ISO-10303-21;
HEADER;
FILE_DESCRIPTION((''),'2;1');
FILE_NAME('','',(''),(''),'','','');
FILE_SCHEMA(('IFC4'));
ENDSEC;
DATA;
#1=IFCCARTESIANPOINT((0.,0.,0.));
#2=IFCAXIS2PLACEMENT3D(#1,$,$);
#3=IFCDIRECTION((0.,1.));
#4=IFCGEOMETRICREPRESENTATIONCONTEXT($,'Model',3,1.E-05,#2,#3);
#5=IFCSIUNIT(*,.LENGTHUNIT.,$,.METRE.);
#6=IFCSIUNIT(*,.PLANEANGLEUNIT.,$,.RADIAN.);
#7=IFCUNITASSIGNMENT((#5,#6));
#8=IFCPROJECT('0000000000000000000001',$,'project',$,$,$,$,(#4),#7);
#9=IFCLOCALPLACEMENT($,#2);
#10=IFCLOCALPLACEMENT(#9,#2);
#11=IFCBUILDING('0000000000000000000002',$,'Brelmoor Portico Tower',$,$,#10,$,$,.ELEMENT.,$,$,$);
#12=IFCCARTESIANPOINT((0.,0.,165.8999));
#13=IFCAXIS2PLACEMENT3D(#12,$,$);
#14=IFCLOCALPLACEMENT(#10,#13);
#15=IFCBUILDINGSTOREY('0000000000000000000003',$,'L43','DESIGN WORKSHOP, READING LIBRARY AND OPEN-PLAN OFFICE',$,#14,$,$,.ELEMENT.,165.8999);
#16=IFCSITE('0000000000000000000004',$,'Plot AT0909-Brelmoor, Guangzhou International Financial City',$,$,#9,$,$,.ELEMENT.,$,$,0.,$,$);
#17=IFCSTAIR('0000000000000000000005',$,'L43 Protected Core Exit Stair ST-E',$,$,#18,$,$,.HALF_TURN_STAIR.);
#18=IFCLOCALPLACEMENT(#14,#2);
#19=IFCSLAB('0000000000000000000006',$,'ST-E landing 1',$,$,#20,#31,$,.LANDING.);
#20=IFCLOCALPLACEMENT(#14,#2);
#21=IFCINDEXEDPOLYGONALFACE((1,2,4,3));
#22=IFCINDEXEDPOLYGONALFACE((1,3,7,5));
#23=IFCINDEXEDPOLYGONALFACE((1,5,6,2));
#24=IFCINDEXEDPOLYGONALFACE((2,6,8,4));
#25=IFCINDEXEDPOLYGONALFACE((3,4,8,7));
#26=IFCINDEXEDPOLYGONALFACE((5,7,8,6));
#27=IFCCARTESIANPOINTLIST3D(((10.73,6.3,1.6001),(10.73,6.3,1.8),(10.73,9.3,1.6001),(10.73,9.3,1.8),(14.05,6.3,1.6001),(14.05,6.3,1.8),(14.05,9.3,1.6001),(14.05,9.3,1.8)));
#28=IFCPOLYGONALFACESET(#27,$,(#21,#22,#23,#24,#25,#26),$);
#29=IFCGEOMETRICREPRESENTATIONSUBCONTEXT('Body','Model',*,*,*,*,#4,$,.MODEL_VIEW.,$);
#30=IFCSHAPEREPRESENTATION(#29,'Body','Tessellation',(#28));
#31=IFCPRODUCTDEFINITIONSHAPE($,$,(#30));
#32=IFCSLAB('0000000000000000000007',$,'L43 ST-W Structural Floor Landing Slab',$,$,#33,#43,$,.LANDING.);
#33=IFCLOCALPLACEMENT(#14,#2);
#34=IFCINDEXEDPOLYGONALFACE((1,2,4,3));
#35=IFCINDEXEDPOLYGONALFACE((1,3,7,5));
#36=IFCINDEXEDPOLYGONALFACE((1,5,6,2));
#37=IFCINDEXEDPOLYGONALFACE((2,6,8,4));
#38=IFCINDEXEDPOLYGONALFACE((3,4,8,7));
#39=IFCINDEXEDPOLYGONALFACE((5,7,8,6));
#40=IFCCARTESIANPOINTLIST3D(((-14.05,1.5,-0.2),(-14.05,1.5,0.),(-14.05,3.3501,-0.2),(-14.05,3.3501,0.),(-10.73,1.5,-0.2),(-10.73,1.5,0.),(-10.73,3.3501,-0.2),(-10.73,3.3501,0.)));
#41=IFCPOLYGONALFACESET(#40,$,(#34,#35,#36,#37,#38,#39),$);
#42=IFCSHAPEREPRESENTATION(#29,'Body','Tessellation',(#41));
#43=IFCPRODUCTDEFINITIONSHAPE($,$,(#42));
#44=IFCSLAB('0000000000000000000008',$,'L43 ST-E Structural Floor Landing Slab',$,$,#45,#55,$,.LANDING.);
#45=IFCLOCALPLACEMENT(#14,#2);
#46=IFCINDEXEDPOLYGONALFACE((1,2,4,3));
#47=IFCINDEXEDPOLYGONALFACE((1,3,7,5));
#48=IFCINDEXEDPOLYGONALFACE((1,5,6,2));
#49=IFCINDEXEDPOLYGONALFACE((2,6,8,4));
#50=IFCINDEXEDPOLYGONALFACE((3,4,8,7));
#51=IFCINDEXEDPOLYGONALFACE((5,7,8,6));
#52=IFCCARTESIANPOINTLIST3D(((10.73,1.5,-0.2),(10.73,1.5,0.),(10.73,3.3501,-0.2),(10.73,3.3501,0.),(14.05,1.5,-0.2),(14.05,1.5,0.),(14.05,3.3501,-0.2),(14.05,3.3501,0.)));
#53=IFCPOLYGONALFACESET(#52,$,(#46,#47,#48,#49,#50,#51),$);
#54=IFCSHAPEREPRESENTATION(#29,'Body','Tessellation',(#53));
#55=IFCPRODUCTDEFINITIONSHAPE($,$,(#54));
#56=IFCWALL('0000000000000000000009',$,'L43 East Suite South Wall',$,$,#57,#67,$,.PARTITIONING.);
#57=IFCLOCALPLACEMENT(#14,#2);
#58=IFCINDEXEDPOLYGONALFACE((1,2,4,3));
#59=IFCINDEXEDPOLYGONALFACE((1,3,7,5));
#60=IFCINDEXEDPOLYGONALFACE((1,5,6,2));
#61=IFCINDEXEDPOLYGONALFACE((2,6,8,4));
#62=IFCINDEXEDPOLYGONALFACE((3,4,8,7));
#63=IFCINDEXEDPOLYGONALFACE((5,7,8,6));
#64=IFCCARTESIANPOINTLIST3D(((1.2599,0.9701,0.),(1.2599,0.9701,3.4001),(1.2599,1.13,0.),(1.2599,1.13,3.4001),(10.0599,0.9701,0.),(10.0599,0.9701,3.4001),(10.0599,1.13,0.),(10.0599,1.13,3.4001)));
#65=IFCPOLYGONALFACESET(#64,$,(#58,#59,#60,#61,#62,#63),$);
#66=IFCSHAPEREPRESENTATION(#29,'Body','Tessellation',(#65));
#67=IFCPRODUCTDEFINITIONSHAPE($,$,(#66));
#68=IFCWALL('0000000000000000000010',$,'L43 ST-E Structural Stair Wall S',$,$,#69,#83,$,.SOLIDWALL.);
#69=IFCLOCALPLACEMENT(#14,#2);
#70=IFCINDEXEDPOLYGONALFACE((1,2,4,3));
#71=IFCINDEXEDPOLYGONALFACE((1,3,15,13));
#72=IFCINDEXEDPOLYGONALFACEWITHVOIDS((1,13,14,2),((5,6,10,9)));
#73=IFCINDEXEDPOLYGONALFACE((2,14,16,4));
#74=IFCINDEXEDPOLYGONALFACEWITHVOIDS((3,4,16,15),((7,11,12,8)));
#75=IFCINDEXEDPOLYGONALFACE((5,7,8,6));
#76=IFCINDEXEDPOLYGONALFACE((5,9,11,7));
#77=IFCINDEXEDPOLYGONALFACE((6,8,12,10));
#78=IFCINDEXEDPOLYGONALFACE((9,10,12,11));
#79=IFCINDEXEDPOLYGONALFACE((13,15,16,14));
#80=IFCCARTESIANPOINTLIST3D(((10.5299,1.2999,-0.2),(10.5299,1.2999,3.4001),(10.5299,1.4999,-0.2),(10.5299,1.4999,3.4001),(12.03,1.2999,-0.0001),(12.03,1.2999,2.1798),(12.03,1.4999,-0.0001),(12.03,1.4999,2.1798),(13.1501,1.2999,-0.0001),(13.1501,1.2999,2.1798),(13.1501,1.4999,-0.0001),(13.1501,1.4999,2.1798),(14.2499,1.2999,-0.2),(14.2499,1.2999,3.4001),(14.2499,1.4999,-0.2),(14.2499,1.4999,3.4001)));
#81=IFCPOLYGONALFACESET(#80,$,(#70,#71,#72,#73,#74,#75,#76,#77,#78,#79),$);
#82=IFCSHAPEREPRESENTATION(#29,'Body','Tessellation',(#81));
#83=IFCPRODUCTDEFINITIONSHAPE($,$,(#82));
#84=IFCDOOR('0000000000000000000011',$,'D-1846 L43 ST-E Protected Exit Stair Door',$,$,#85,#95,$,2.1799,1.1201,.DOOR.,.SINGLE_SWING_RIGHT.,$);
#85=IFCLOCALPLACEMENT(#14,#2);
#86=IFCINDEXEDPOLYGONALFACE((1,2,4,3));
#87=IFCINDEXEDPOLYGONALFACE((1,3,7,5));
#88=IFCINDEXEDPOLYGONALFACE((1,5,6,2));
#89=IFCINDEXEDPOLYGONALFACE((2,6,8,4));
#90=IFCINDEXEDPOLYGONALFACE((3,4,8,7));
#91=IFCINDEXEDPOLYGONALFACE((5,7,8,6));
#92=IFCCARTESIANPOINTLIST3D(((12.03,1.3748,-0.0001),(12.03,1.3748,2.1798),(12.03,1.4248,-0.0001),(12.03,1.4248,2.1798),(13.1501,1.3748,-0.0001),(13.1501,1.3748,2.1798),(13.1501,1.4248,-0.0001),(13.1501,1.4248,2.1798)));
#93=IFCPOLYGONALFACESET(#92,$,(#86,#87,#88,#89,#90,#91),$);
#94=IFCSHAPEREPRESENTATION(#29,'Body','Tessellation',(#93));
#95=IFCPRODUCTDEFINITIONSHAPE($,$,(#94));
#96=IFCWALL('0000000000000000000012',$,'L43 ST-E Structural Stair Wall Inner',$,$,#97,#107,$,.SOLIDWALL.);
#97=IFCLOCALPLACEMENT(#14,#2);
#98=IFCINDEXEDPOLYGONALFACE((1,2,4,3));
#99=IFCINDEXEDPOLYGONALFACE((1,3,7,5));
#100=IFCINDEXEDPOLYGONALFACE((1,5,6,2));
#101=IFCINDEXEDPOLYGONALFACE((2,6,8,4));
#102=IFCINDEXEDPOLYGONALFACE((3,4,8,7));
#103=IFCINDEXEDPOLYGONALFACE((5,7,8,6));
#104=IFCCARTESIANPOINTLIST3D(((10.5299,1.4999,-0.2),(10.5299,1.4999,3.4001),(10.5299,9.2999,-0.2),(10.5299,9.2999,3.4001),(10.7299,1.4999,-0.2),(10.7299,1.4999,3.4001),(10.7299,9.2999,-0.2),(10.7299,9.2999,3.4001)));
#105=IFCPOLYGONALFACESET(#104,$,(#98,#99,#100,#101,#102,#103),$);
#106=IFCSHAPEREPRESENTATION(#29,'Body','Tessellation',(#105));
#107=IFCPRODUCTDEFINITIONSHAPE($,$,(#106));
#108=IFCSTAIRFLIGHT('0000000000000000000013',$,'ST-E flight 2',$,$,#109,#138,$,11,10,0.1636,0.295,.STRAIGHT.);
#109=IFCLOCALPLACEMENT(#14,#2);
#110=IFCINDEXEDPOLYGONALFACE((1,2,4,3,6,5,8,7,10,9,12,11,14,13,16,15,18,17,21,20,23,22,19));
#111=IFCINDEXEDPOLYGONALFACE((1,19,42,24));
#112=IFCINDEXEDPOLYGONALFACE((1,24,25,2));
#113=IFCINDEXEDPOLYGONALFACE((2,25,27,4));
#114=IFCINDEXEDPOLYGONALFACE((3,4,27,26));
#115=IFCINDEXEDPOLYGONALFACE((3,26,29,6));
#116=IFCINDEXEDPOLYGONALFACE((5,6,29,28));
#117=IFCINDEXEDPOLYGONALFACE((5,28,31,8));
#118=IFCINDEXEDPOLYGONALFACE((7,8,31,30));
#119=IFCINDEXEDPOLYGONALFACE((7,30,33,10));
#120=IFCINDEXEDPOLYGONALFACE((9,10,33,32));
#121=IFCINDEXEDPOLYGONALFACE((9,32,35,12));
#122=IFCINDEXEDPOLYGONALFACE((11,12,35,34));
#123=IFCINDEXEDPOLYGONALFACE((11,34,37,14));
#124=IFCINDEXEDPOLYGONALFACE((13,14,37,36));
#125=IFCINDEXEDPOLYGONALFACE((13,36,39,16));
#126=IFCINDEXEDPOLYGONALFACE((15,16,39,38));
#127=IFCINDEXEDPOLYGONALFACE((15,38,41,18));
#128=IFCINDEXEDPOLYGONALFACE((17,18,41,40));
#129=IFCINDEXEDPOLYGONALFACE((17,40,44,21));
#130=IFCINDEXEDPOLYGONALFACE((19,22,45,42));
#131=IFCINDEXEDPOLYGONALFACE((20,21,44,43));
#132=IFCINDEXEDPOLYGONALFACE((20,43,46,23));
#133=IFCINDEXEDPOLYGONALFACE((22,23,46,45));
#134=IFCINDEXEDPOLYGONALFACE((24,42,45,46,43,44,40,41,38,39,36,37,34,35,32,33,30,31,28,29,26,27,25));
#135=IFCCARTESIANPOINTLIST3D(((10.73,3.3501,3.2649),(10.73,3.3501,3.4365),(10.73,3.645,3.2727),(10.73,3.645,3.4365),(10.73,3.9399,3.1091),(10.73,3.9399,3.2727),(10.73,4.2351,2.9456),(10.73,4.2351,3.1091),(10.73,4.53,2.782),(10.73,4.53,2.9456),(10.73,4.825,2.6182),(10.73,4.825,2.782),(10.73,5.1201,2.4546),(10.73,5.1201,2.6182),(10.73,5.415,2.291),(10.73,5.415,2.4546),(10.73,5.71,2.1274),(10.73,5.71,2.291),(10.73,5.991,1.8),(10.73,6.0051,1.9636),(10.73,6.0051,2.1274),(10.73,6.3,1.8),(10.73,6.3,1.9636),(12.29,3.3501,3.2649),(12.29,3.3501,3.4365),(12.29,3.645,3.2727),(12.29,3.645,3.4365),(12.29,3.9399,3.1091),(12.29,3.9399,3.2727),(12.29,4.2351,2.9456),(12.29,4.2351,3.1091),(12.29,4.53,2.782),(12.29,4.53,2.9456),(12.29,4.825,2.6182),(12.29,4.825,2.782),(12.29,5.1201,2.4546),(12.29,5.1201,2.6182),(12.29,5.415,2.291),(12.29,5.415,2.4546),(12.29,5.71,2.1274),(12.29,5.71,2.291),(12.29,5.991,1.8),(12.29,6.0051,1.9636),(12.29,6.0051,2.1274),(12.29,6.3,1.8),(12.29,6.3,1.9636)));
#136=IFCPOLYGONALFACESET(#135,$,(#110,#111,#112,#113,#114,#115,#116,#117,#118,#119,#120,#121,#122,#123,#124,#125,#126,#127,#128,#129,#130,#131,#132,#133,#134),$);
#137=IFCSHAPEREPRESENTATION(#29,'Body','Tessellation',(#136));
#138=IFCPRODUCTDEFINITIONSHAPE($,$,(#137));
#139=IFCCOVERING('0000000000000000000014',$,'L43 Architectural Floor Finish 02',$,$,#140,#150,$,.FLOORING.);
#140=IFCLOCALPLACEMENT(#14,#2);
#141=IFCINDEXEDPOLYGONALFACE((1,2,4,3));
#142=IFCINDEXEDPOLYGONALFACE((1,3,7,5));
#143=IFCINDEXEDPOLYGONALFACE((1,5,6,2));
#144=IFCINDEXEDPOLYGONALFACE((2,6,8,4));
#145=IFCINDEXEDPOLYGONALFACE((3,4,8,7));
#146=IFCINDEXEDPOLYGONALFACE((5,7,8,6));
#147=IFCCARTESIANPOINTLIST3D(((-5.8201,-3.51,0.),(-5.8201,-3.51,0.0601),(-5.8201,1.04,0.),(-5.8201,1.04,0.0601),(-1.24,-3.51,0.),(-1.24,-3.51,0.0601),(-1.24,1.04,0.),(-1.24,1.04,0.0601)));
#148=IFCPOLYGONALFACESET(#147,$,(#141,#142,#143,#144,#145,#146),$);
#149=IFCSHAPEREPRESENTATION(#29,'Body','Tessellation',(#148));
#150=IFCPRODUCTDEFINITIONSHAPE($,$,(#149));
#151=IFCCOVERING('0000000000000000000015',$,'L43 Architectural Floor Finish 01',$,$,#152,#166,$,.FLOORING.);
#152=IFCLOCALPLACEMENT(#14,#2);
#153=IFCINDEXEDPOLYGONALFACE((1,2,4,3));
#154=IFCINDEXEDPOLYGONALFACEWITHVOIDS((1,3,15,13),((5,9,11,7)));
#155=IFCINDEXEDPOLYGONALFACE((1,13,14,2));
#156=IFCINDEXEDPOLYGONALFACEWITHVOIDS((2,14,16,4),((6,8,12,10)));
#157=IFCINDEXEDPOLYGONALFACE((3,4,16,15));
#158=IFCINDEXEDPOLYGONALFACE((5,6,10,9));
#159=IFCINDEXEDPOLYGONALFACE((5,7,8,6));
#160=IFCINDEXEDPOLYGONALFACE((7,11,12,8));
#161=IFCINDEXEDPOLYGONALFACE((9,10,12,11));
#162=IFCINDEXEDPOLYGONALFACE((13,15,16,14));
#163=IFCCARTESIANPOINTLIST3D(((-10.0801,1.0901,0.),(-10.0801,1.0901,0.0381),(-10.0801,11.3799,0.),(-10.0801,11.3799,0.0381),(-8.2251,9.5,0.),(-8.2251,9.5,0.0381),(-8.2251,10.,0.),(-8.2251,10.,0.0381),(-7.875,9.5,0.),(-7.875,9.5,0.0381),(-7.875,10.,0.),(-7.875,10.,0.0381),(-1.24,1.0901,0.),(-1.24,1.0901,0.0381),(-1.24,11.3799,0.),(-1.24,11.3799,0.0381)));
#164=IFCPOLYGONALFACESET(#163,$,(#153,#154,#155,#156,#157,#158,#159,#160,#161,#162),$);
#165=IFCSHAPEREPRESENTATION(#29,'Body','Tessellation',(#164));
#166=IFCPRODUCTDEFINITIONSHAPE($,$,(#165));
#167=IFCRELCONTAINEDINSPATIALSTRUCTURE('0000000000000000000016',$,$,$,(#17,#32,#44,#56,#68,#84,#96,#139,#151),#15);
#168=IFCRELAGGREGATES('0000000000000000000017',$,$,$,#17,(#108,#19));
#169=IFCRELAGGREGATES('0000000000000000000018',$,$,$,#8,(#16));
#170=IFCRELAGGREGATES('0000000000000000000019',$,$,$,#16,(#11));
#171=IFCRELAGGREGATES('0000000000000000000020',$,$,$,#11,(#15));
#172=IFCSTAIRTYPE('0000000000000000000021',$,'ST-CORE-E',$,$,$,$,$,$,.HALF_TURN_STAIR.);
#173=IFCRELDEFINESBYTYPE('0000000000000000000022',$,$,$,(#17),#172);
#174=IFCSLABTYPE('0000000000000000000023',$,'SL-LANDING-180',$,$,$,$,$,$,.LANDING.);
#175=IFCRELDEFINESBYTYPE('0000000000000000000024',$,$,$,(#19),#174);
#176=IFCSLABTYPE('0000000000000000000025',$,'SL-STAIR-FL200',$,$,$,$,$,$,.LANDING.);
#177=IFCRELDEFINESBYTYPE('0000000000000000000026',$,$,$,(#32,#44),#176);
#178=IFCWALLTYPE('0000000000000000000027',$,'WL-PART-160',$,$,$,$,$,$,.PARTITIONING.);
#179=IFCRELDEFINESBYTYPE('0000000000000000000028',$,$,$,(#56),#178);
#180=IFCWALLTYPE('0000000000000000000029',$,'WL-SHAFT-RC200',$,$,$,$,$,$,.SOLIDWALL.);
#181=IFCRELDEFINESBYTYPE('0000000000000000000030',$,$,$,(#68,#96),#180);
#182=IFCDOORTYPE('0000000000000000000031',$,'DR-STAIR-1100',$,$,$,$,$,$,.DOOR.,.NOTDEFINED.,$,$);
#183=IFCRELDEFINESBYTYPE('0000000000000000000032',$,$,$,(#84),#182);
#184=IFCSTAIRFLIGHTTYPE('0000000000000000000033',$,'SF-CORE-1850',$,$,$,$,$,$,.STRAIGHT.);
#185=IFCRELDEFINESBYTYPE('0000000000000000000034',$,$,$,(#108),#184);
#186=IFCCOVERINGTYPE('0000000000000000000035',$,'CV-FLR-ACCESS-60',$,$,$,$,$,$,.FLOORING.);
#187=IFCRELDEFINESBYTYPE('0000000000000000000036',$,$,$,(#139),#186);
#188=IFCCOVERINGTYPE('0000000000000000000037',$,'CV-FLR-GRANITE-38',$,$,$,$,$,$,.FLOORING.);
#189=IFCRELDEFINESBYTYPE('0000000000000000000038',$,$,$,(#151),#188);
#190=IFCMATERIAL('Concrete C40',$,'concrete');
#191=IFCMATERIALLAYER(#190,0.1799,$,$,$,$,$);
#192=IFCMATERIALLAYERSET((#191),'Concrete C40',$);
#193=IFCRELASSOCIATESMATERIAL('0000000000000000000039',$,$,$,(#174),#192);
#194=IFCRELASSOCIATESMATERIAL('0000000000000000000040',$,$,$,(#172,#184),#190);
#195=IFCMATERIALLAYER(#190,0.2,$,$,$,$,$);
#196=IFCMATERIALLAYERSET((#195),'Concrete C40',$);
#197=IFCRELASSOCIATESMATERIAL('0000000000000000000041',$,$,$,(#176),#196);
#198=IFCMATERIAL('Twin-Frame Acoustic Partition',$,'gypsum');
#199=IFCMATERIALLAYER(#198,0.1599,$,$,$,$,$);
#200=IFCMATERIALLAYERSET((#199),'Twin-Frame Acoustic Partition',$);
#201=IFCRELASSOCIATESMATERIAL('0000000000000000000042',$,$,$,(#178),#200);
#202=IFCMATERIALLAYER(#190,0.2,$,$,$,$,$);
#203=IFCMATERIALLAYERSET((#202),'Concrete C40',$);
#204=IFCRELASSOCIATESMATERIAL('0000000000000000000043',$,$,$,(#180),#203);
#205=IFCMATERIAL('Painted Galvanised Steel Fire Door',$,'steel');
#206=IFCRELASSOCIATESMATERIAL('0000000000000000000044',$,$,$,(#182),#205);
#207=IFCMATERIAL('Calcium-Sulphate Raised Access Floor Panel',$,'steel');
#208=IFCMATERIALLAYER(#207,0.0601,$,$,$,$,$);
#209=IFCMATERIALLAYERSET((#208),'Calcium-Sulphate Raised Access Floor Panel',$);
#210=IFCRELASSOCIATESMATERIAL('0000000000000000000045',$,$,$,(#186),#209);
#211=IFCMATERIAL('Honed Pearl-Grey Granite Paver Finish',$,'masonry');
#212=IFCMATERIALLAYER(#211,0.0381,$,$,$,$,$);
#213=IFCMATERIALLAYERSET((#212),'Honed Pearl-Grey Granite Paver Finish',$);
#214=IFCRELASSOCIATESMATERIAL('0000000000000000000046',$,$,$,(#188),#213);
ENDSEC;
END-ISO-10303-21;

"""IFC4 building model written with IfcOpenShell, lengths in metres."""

from ifc_helpers import new_model, si_unit, direction, frame, frame_2d, origin, place, context, subcontext, project, spatial, polyline, rectangle, outline, extrude, material, layer, layer_set, type_object, element, fill, aggregate, save


model = new_model("IFC4")

# Units and contexts
model_context = context("Model", 3, precision=1e-05, world=origin(), true_north=direction((0.0, 1.0)))
body_context = subcontext(model_context, "Body", "Model", "MODEL_VIEW")
ifc_project = project(units=[si_unit("LENGTHUNIT", "METRE"), si_unit("PLANEANGLEUNIT", "RADIAN")], contexts=[model_context])

# Site, building, storey
site_placement = place(None, origin())
site = spatial("IfcSite", under=ifc_project, at=site_placement, Name="Plot AT0909-Brelmoor, Guangzhou International Financial City", CompositionType="ELEMENT", RefElevation=0.0)
building_placement = place(site_placement, origin())
building = spatial("IfcBuilding", under=site, at=building_placement, Name="Brelmoor Portico Tower", CompositionType="ELEMENT")
storey_placement = place(building_placement, frame((0.0, 0.0, 165.8999)))
storey = spatial("IfcBuildingStorey", under=building, at=storey_placement, Name="L43", Description="DESIGN WORKSHOP, READING LIBRARY AND OPEN-PLAN OFFICE", CompositionType="ELEMENT", Elevation=165.8999)

# Shared definitions
ifc_material_1 = material(Name="Concrete C40", Category="concrete")

# Stair, slab
ifc_layer_1 = layer(ifc_material_1, 0.1799)
ifc_layer_set_1 = layer_set([ifc_layer_1], Name="Concrete C40")
slab_type_1 = type_object("IfcSlabType", Name="SL-LANDING-180", PredefinedType="LANDING", material=ifc_layer_set_1)
stair_type_1 = type_object("IfcStairType", Name="ST-CORE-E", PredefinedType="HALF_TURN_STAIR", material=ifc_material_1)
stair_1_placement = place(storey_placement, origin())
stair_1 = element("IfcStair", 1, at=stair_1_placement, inside=storey, type_object=stair_type_1, Name="L43 Protected Core Exit Stair ST-E", PredefinedType="HALF_TURN_STAIR")
slab_1_placement = place(storey_placement, frame((0.0, 0.0, 1.6001)))
slab_1 = element("IfcSlab", 2, at=slab_1_placement, type_object=slab_type_1, Name="ST-E landing 1", PredefinedType="LANDING", context=body_context, shape_type="SweptSolid", body=[
    extrude(outline(polyline([(14.05, 6.3), (14.05, 9.3), (10.73, 9.3), (10.73, 6.3), (14.05, 6.3)])), origin(), (0.0, 0.0, 1.0), 0.2),
])

# Slabs
ifc_layer_2 = layer(ifc_material_1, 0.2)
ifc_layer_set_2 = layer_set([ifc_layer_2], Name="Concrete C40")
slab_type_2 = type_object("IfcSlabType", Name="SL-STAIR-FL200", PredefinedType="LANDING", material=ifc_layer_set_2)
slab_2_placement = place(storey_placement, frame((0.0, 0.0, -0.2)))
element("IfcSlab", 3, at=slab_2_placement, inside=storey, type_object=slab_type_2, Name="L43 ST-W Structural Floor Landing Slab", PredefinedType="LANDING", context=body_context, shape_type="SweptSolid", body=[
    extrude(outline(polyline([(-10.73, 1.5), (-10.73, 3.3501), (-14.05, 3.3501), (-14.05, 1.5), (-10.73, 1.5)])), origin(), (0.0, 0.0, 1.0), 0.2),
])
slab_3_placement = place(storey_placement, frame((0.0, 0.0, -0.2)))
element("IfcSlab", 4, at=slab_3_placement, inside=storey, type_object=slab_type_2, Name="L43 ST-E Structural Floor Landing Slab", PredefinedType="LANDING", context=body_context, shape_type="SweptSolid", body=[
    extrude(outline(polyline([(14.05, 1.5), (14.05, 3.3501), (10.73, 3.3501), (10.73, 1.5), (14.05, 1.5)])), origin(), (0.0, 0.0, 1.0), 0.2),
])

# Wall
ifc_material_2 = material(Name="Twin-Frame Acoustic Partition", Category="gypsum")
ifc_layer_3 = layer(ifc_material_2, 0.1599)
ifc_layer_set_3 = layer_set([ifc_layer_3], Name="Twin-Frame Acoustic Partition")
wall_type_1 = type_object("IfcWallType", Name="WL-PART-160", PredefinedType="PARTITIONING", material=ifc_layer_set_3)
wall_1_placement = place(storey_placement, frame((1.26, 1.05, 0.0), z_axis=(0.0, 0.0, 1.0), x_axis=(1.0, 0.0, 0.0)))
element("IfcWall", 5, at=wall_1_placement, inside=storey, type_object=wall_type_1, Name="L43 East Suite South Wall", PredefinedType="PARTITIONING", context=body_context, shape_type="SweptSolid", body=[
    extrude(rectangle(XDim=8.8, YDim=0.1599, at=frame_2d((4.3999, 0.0))), origin(), (0.0, 0.0, 1.0), 3.4001),
])

# Wall, opening, door
ifc_material_3 = material(Name="Painted Galvanised Steel Fire Door", Category="steel")
ifc_layer_4 = layer(ifc_material_1, 0.2)
ifc_layer_set_4 = layer_set([ifc_layer_4], Name="Concrete C40")
wall_type_2 = type_object("IfcWallType", Name="WL-SHAFT-RC200", PredefinedType="SOLIDWALL", material=ifc_layer_set_4)
wall_2_placement = place(storey_placement, frame((10.53, 1.3999, -0.2), z_axis=(0.0, 0.0, 1.0), x_axis=(1.0, 0.0, 0.0)))
wall_2 = element("IfcWall", 6, at=wall_2_placement, inside=storey, type_object=wall_type_2, Name="L43 ST-E Structural Stair Wall S", PredefinedType="SOLIDWALL", context=body_context, shape_type="SweptSolid", body=[
    extrude(rectangle(XDim=3.72, YDim=0.2, at=frame_2d((1.8599, 0.0))), origin(), (0.0, 0.0, 1.0), 3.6001),
])
opening_1_placement = place(wall_2_placement, frame((1.5, 0.0, 0.2)))
opening_1 = element("IfcOpeningElement", 7, at=opening_1_placement, cuts=wall_2, PredefinedType="OPENING", context=body_context, shape_type="SweptSolid", body=[
    extrude(rectangle(XDim=1.1201, YDim=2.1799, at=frame_2d((0.5601, 1.0898))), frame((0.0, 0.1099, 0.0), z_axis=(0.0, -1.0, 0.0), x_axis=(1.0, 0.0, 0.0)), (0.0, 0.0, 1.0), 0.22),
])
door_type_1 = type_object("IfcDoorType", Name="DR-STAIR-1100", OperationType="NOTDEFINED", PredefinedType="DOOR", material=ifc_material_3)
door_1_placement = place(opening_1_placement, origin())
door_1 = element("IfcDoor", 8, at=door_1_placement, inside=storey, type_object=door_type_1, Name="D-1846 L43 ST-E Protected Exit Stair Door", OperationType="SINGLE_SWING_RIGHT", OverallHeight=2.1799, OverallWidth=1.1201, PredefinedType="DOOR", context=body_context, shape_type="SweptSolid", body=[
    extrude(rectangle(XDim=1.1201, YDim=2.1799, at=frame_2d((0.5601, 1.0898))), frame((0.0, 0.0249, 0.0), z_axis=(0.0, -1.0, 0.0), x_axis=(1.0, 0.0, 0.0)), (0.0, 0.0, 1.0), 0.05),
])
fill(opening_1, door_1)

# Wall
wall_3_placement = place(storey_placement, frame((10.6299, 1.5, -0.2), z_axis=(0.0, 0.0, 1.0), x_axis=(0.0, 1.0, 0.0)))
element("IfcWall", 9, at=wall_3_placement, inside=storey, type_object=wall_type_2, Name="L43 ST-E Structural Stair Wall Inner", PredefinedType="SOLIDWALL", context=body_context, shape_type="SweptSolid", body=[
    extrude(rectangle(XDim=7.8, YDim=0.2, at=frame_2d((3.8999, 0.0))), origin(), (0.0, 0.0, 1.0), 3.6001),
])

# Stair flight
stair_flight_type = type_object("IfcStairFlightType", Name="SF-CORE-1850", PredefinedType="STRAIGHT", material=ifc_material_1)
stair_flight_placement = place(storey_placement, frame((11.51, 6.3, 1.8), z_axis=(0.0, 0.0, 1.0), x_axis=(0.0, -1.0, 0.0)))
stair_flight = element("IfcStairFlight", 10, at=stair_flight_placement, type_object=stair_flight_type, Name="ST-E flight 2", NumberOfRisers=11, NumberOfTreads=10, PredefinedType="STRAIGHT", RiserHeight=0.1636, TreadLength=0.295, context=body_context, shape_type="SweptSolid", body=[
    extrude(outline(polyline([(0.0, 0.0), (0.0, 0.1636), (0.2949, 0.1636), (0.2949, 0.3274), (0.5901, 0.3274), (0.5901, 0.491), (0.885, 0.491), (0.885, 0.6545), (1.1799, 0.6545), (1.1799, 0.8181), (1.4751, 0.8181), (1.4751, 0.9819), (1.77, 0.9819), (1.77, 1.1455), (2.0649, 1.1455), (2.0649, 1.3091), (2.3601, 1.3091), (2.3601, 1.4727), (2.655, 1.4727), (2.655, 1.6365), (2.95, 1.6365), (2.95, 1.8), (2.95, 1.4648), (0.3091, 0.0), (0.0, 0.0)])), frame((0.0, 0.78, 0.0), z_axis=(0.0, -1.0, 0.0), x_axis=(1.0, 0.0, 0.0)), (0.0, 0.0, 1.0), 1.5601),
])
aggregate(stair_1, [stair_flight, slab_1])

# Coverings
ifc_material_4 = material(Name="Calcium-Sulphate Raised Access Floor Panel", Category="steel")
ifc_layer_5 = layer(ifc_material_4, 0.0601)
ifc_layer_set_5 = layer_set([ifc_layer_5], Name="Calcium-Sulphate Raised Access Floor Panel")
covering_type_1 = type_object("IfcCoveringType", Name="CV-FLR-ACCESS-60", PredefinedType="FLOORING", material=ifc_layer_set_5)
covering_1_placement = place(storey_placement, origin())
element("IfcCovering", 11, at=covering_1_placement, inside=storey, type_object=covering_type_1, Name="L43 Architectural Floor Finish 02", PredefinedType="FLOORING", context=body_context, shape_type="SweptSolid", body=[
    extrude(outline(polyline([(-5.8201, -3.51), (-5.8201, 1.04), (-1.24, 1.04), (-1.24, -3.51), (-5.8201, -3.51)])), origin(), (0.0, 0.0, 1.0), 0.0601),
])
ifc_material_5 = material(Name="Honed Pearl-Grey Granite Paver Finish", Category="masonry")
ifc_layer_6 = layer(ifc_material_5, 0.0381)
ifc_layer_set_6 = layer_set([ifc_layer_6], Name="Honed Pearl-Grey Granite Paver Finish")
covering_type_2 = type_object("IfcCoveringType", Name="CV-FLR-GRANITE-38", PredefinedType="FLOORING", material=ifc_layer_set_6)
covering_2_placement = place(storey_placement, origin())
element("IfcCovering", 12, at=covering_2_placement, inside=storey, type_object=covering_type_2, Name="L43 Architectural Floor Finish 01", PredefinedType="FLOORING", context=body_context, shape_type="SweptSolid", body=[
    extrude(outline(polyline([(-10.0801, 11.3799), (-1.24, 11.3799), (-1.24, 1.0901), (-10.0801, 1.0901), (-10.0801, 11.3799)]), holes=[polyline([(-7.875, 9.5), (-7.875, 10.0), (-8.2251, 10.0), (-8.2251, 9.5), (-7.875, 9.5)])]), origin(), (0.0, 0.0, 1.0), 0.0381),
])

save(model, "model.ifc")
